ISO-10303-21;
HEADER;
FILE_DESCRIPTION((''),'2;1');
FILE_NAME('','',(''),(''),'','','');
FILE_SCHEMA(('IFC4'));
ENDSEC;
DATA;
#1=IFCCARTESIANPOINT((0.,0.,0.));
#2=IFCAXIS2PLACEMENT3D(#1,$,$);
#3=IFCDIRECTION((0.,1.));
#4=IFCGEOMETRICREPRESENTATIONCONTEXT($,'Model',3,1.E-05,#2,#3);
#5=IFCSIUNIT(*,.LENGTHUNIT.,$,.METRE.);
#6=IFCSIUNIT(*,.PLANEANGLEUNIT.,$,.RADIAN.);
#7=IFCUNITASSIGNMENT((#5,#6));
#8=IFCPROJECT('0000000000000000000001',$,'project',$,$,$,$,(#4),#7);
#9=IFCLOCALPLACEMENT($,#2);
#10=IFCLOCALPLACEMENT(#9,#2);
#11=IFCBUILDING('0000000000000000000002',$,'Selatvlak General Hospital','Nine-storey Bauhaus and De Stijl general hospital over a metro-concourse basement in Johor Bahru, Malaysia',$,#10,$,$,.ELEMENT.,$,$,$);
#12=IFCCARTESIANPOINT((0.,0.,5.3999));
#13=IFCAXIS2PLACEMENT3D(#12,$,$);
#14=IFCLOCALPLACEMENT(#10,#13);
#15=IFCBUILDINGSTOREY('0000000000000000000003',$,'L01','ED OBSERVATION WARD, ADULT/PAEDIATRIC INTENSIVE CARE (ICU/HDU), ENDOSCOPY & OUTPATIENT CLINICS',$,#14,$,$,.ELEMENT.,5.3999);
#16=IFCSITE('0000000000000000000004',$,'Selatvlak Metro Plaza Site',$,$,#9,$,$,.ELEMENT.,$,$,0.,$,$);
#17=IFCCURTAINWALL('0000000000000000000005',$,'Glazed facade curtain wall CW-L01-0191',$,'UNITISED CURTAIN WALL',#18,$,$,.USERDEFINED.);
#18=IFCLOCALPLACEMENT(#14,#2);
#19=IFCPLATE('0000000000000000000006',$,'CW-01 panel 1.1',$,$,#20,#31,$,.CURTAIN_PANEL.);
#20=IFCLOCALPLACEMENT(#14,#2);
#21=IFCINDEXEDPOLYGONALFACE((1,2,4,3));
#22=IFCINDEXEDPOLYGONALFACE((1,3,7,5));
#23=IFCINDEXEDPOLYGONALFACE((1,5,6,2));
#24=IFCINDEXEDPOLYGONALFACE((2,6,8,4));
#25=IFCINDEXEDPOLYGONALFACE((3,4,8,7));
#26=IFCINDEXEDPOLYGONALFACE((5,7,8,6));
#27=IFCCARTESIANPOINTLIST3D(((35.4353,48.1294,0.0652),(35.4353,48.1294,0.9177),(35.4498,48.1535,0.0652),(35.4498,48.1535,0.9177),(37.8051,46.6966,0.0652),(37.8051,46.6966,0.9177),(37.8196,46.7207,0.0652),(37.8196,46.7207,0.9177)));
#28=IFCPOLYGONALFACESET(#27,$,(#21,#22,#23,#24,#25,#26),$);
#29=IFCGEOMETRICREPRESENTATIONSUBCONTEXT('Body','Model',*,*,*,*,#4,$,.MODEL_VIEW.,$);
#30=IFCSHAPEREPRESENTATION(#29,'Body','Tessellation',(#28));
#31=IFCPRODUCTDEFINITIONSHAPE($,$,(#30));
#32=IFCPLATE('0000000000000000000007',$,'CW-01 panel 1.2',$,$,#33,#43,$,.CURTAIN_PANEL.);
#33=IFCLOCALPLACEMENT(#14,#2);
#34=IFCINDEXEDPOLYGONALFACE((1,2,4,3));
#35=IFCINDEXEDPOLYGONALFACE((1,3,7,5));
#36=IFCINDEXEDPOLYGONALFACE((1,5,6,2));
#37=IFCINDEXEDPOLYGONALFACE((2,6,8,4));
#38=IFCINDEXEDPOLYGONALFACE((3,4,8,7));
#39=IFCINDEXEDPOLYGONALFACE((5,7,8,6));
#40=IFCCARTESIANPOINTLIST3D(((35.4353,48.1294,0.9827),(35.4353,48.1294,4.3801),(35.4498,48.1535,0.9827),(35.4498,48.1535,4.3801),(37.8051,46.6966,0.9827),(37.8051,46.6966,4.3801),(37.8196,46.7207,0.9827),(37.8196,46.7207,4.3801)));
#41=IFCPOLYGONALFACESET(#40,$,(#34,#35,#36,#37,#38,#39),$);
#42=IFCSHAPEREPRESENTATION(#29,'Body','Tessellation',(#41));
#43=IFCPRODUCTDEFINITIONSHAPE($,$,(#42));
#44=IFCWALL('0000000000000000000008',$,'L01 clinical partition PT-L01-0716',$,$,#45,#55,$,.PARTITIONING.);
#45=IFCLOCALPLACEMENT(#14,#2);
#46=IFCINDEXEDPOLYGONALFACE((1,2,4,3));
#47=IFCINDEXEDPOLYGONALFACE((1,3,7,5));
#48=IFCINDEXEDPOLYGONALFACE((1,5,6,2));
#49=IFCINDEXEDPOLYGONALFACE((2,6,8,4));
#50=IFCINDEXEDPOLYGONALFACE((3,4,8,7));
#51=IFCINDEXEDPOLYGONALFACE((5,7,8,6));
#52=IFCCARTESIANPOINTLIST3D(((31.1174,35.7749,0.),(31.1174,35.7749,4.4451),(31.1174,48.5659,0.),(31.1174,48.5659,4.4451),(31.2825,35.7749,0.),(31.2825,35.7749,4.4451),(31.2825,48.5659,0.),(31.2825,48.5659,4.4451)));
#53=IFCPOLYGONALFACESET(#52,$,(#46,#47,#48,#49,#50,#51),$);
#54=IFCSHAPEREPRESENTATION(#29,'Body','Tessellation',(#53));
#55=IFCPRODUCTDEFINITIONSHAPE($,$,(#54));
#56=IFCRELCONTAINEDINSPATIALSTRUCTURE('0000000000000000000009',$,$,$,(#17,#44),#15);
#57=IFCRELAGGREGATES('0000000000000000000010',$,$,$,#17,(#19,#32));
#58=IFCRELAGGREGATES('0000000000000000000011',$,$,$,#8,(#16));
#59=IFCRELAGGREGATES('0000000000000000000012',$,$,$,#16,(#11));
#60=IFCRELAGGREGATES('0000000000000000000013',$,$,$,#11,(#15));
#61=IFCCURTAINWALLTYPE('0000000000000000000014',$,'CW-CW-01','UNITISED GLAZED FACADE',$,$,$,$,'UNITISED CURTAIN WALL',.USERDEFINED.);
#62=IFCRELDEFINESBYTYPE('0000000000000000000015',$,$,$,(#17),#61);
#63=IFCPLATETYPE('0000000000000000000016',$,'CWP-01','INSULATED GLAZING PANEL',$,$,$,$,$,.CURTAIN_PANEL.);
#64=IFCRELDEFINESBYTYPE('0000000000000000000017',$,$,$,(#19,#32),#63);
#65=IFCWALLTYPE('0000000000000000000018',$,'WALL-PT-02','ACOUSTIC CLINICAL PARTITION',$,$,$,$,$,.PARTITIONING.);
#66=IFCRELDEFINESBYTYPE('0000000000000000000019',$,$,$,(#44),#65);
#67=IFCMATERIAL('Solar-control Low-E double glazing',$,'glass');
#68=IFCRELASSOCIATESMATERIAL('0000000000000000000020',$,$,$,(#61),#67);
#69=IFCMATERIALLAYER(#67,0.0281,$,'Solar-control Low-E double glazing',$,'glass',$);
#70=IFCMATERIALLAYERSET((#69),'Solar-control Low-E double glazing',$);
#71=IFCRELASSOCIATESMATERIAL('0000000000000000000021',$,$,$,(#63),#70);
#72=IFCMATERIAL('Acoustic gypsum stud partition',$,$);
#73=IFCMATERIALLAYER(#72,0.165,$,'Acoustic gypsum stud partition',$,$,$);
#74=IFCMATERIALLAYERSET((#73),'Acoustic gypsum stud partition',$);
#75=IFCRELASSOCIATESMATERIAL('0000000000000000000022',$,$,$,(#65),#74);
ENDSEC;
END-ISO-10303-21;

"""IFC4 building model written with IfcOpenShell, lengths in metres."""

from ifc_helpers import new_model, si_unit, direction, frame, frame_2d, origin, origin_2d, place, context, subcontext, project, spatial, rectangle, extrude, material, layer, layer_set, type_object, element, aggregate, save


model = new_model("IFC4")

# Units and contexts
model_context = context("Model", 3, precision=1e-05, world=origin(), true_north=direction((0.0, 1.0)))
body_context = subcontext(model_context, "Body", "Model", "MODEL_VIEW")
ifc_project = project(units=[si_unit("LENGTHUNIT", "METRE"), si_unit("PLANEANGLEUNIT", "RADIAN")], contexts=[model_context])

# Site, building, storey
site_placement = place(None, origin())
site = spatial("IfcSite", under=ifc_project, at=site_placement, Name="Selatvlak Metro Plaza Site", CompositionType="ELEMENT", RefElevation=0.0)
building_placement = place(site_placement, origin())
building = spatial("IfcBuilding", under=site, at=building_placement, Name="Selatvlak General Hospital", Description="Nine-storey Bauhaus and De Stijl general hospital over a metro-concourse basement in Johor Bahru, Malaysia", CompositionType="ELEMENT")
storey_placement = place(building_placement, frame((0.0, 0.0, 5.3999)))
storey = spatial("IfcBuildingStorey", under=building, at=storey_placement, Name="L01", Description="ED OBSERVATION WARD, ADULT/PAEDIATRIC INTENSIVE CARE (ICU/HDU), ENDOSCOPY & OUTPATIENT CLINICS", CompositionType="ELEMENT", Elevation=5.3999)

# Shared definitions
ifc_material_1 = material(Name="Solar-control Low-E double glazing", Category="glass")
curtain_wall_type_1 = type_object("IfcCurtainWallType", Name="CW-CW-01", Description="UNITISED GLAZED FACADE", ElementType="UNITISED CURTAIN WALL", PredefinedType="USERDEFINED", material=ifc_material_1)

# Curtain wall
curtain_wall_1_placement = place(storey_placement, origin())
curtain_wall_1 = element("IfcCurtainWall", 1, at=curtain_wall_1_placement, inside=storey, type_object=curtain_wall_type_1, Name="Glazed facade curtain wall CW-L01-0191", ObjectType="UNITISED CURTAIN WALL", PredefinedType="USERDEFINED")

# Plates
ifc_layer_1 = layer(ifc_material_1, 0.0281, Name="Solar-control Low-E double glazing", Category="glass")
ifc_layer_set_1 = layer_set([ifc_layer_1], Name="Solar-control Low-E double glazing")
plate_type = type_object("IfcPlateType", Name="CWP-01", Description="INSULATED GLAZING PANEL", PredefinedType="CURTAIN_PANEL", material=ifc_layer_set_1)
plate_1_placement = place(storey_placement, frame((36.6274, 47.425, 0.0652), z_axis=(0.0, 0.0, 1.0), x_axis=(0.855753, -0.517384, 0.0)))
plate_1 = element("IfcPlate", 2, at=plate_1_placement, type_object=plate_type, Name="CW-01 panel 1.1", PredefinedType="CURTAIN_PANEL", context=body_context, shape_type="SweptSolid", body=[
    extrude(rectangle(XDim=2.7693, YDim=0.0281, at=origin_2d()), origin(), (0.0, 0.0, 1.0), 0.8525),
])
plate_2_placement = place(storey_placement, frame((36.6274, 47.425, 0.9827), z_axis=(0.0, 0.0, 1.0), x_axis=(0.855753, -0.517384, 0.0)))
plate_2 = element("IfcPlate", 3, at=plate_2_placement, type_object=plate_type, Name="CW-01 panel 1.2", PredefinedType="CURTAIN_PANEL", context=body_context, shape_type="SweptSolid", body=[
    extrude(rectangle(XDim=2.7693, YDim=0.0281, at=origin_2d()), origin(), (0.0, 0.0, 1.0), 3.3975),
])
aggregate(curtain_wall_1, [plate_1, plate_2])

# Wall
ifc_material_2 = material(Name="Acoustic gypsum stud partition")
ifc_layer_2 = layer(ifc_material_2, 0.165, Name="Acoustic gypsum stud partition")
ifc_layer_set_2 = layer_set([ifc_layer_2], Name="Acoustic gypsum stud partition")
wall_type = type_object("IfcWallType", Name="WALL-PT-02", Description="ACOUSTIC CLINICAL PARTITION", PredefinedType="PARTITIONING", material=ifc_layer_set_2)
wall_placement = place(storey_placement, frame((31.2, 48.5659, 0.0), z_axis=(0.0, 0.0, 1.0), x_axis=(0.0, -1.0, 0.0)))
element("IfcWall", 4, at=wall_placement, inside=storey, type_object=wall_type, Name="L01 clinical partition PT-L01-0716", PredefinedType="PARTITIONING", context=body_context, shape_type="SweptSolid", body=[
    extrude(rectangle(XDim=12.791, YDim=0.165, at=frame_2d((6.3955, 0.0))), origin(), (0.0, 0.0, 1.0), 4.4451),
])

save(model, "model.ifc")
